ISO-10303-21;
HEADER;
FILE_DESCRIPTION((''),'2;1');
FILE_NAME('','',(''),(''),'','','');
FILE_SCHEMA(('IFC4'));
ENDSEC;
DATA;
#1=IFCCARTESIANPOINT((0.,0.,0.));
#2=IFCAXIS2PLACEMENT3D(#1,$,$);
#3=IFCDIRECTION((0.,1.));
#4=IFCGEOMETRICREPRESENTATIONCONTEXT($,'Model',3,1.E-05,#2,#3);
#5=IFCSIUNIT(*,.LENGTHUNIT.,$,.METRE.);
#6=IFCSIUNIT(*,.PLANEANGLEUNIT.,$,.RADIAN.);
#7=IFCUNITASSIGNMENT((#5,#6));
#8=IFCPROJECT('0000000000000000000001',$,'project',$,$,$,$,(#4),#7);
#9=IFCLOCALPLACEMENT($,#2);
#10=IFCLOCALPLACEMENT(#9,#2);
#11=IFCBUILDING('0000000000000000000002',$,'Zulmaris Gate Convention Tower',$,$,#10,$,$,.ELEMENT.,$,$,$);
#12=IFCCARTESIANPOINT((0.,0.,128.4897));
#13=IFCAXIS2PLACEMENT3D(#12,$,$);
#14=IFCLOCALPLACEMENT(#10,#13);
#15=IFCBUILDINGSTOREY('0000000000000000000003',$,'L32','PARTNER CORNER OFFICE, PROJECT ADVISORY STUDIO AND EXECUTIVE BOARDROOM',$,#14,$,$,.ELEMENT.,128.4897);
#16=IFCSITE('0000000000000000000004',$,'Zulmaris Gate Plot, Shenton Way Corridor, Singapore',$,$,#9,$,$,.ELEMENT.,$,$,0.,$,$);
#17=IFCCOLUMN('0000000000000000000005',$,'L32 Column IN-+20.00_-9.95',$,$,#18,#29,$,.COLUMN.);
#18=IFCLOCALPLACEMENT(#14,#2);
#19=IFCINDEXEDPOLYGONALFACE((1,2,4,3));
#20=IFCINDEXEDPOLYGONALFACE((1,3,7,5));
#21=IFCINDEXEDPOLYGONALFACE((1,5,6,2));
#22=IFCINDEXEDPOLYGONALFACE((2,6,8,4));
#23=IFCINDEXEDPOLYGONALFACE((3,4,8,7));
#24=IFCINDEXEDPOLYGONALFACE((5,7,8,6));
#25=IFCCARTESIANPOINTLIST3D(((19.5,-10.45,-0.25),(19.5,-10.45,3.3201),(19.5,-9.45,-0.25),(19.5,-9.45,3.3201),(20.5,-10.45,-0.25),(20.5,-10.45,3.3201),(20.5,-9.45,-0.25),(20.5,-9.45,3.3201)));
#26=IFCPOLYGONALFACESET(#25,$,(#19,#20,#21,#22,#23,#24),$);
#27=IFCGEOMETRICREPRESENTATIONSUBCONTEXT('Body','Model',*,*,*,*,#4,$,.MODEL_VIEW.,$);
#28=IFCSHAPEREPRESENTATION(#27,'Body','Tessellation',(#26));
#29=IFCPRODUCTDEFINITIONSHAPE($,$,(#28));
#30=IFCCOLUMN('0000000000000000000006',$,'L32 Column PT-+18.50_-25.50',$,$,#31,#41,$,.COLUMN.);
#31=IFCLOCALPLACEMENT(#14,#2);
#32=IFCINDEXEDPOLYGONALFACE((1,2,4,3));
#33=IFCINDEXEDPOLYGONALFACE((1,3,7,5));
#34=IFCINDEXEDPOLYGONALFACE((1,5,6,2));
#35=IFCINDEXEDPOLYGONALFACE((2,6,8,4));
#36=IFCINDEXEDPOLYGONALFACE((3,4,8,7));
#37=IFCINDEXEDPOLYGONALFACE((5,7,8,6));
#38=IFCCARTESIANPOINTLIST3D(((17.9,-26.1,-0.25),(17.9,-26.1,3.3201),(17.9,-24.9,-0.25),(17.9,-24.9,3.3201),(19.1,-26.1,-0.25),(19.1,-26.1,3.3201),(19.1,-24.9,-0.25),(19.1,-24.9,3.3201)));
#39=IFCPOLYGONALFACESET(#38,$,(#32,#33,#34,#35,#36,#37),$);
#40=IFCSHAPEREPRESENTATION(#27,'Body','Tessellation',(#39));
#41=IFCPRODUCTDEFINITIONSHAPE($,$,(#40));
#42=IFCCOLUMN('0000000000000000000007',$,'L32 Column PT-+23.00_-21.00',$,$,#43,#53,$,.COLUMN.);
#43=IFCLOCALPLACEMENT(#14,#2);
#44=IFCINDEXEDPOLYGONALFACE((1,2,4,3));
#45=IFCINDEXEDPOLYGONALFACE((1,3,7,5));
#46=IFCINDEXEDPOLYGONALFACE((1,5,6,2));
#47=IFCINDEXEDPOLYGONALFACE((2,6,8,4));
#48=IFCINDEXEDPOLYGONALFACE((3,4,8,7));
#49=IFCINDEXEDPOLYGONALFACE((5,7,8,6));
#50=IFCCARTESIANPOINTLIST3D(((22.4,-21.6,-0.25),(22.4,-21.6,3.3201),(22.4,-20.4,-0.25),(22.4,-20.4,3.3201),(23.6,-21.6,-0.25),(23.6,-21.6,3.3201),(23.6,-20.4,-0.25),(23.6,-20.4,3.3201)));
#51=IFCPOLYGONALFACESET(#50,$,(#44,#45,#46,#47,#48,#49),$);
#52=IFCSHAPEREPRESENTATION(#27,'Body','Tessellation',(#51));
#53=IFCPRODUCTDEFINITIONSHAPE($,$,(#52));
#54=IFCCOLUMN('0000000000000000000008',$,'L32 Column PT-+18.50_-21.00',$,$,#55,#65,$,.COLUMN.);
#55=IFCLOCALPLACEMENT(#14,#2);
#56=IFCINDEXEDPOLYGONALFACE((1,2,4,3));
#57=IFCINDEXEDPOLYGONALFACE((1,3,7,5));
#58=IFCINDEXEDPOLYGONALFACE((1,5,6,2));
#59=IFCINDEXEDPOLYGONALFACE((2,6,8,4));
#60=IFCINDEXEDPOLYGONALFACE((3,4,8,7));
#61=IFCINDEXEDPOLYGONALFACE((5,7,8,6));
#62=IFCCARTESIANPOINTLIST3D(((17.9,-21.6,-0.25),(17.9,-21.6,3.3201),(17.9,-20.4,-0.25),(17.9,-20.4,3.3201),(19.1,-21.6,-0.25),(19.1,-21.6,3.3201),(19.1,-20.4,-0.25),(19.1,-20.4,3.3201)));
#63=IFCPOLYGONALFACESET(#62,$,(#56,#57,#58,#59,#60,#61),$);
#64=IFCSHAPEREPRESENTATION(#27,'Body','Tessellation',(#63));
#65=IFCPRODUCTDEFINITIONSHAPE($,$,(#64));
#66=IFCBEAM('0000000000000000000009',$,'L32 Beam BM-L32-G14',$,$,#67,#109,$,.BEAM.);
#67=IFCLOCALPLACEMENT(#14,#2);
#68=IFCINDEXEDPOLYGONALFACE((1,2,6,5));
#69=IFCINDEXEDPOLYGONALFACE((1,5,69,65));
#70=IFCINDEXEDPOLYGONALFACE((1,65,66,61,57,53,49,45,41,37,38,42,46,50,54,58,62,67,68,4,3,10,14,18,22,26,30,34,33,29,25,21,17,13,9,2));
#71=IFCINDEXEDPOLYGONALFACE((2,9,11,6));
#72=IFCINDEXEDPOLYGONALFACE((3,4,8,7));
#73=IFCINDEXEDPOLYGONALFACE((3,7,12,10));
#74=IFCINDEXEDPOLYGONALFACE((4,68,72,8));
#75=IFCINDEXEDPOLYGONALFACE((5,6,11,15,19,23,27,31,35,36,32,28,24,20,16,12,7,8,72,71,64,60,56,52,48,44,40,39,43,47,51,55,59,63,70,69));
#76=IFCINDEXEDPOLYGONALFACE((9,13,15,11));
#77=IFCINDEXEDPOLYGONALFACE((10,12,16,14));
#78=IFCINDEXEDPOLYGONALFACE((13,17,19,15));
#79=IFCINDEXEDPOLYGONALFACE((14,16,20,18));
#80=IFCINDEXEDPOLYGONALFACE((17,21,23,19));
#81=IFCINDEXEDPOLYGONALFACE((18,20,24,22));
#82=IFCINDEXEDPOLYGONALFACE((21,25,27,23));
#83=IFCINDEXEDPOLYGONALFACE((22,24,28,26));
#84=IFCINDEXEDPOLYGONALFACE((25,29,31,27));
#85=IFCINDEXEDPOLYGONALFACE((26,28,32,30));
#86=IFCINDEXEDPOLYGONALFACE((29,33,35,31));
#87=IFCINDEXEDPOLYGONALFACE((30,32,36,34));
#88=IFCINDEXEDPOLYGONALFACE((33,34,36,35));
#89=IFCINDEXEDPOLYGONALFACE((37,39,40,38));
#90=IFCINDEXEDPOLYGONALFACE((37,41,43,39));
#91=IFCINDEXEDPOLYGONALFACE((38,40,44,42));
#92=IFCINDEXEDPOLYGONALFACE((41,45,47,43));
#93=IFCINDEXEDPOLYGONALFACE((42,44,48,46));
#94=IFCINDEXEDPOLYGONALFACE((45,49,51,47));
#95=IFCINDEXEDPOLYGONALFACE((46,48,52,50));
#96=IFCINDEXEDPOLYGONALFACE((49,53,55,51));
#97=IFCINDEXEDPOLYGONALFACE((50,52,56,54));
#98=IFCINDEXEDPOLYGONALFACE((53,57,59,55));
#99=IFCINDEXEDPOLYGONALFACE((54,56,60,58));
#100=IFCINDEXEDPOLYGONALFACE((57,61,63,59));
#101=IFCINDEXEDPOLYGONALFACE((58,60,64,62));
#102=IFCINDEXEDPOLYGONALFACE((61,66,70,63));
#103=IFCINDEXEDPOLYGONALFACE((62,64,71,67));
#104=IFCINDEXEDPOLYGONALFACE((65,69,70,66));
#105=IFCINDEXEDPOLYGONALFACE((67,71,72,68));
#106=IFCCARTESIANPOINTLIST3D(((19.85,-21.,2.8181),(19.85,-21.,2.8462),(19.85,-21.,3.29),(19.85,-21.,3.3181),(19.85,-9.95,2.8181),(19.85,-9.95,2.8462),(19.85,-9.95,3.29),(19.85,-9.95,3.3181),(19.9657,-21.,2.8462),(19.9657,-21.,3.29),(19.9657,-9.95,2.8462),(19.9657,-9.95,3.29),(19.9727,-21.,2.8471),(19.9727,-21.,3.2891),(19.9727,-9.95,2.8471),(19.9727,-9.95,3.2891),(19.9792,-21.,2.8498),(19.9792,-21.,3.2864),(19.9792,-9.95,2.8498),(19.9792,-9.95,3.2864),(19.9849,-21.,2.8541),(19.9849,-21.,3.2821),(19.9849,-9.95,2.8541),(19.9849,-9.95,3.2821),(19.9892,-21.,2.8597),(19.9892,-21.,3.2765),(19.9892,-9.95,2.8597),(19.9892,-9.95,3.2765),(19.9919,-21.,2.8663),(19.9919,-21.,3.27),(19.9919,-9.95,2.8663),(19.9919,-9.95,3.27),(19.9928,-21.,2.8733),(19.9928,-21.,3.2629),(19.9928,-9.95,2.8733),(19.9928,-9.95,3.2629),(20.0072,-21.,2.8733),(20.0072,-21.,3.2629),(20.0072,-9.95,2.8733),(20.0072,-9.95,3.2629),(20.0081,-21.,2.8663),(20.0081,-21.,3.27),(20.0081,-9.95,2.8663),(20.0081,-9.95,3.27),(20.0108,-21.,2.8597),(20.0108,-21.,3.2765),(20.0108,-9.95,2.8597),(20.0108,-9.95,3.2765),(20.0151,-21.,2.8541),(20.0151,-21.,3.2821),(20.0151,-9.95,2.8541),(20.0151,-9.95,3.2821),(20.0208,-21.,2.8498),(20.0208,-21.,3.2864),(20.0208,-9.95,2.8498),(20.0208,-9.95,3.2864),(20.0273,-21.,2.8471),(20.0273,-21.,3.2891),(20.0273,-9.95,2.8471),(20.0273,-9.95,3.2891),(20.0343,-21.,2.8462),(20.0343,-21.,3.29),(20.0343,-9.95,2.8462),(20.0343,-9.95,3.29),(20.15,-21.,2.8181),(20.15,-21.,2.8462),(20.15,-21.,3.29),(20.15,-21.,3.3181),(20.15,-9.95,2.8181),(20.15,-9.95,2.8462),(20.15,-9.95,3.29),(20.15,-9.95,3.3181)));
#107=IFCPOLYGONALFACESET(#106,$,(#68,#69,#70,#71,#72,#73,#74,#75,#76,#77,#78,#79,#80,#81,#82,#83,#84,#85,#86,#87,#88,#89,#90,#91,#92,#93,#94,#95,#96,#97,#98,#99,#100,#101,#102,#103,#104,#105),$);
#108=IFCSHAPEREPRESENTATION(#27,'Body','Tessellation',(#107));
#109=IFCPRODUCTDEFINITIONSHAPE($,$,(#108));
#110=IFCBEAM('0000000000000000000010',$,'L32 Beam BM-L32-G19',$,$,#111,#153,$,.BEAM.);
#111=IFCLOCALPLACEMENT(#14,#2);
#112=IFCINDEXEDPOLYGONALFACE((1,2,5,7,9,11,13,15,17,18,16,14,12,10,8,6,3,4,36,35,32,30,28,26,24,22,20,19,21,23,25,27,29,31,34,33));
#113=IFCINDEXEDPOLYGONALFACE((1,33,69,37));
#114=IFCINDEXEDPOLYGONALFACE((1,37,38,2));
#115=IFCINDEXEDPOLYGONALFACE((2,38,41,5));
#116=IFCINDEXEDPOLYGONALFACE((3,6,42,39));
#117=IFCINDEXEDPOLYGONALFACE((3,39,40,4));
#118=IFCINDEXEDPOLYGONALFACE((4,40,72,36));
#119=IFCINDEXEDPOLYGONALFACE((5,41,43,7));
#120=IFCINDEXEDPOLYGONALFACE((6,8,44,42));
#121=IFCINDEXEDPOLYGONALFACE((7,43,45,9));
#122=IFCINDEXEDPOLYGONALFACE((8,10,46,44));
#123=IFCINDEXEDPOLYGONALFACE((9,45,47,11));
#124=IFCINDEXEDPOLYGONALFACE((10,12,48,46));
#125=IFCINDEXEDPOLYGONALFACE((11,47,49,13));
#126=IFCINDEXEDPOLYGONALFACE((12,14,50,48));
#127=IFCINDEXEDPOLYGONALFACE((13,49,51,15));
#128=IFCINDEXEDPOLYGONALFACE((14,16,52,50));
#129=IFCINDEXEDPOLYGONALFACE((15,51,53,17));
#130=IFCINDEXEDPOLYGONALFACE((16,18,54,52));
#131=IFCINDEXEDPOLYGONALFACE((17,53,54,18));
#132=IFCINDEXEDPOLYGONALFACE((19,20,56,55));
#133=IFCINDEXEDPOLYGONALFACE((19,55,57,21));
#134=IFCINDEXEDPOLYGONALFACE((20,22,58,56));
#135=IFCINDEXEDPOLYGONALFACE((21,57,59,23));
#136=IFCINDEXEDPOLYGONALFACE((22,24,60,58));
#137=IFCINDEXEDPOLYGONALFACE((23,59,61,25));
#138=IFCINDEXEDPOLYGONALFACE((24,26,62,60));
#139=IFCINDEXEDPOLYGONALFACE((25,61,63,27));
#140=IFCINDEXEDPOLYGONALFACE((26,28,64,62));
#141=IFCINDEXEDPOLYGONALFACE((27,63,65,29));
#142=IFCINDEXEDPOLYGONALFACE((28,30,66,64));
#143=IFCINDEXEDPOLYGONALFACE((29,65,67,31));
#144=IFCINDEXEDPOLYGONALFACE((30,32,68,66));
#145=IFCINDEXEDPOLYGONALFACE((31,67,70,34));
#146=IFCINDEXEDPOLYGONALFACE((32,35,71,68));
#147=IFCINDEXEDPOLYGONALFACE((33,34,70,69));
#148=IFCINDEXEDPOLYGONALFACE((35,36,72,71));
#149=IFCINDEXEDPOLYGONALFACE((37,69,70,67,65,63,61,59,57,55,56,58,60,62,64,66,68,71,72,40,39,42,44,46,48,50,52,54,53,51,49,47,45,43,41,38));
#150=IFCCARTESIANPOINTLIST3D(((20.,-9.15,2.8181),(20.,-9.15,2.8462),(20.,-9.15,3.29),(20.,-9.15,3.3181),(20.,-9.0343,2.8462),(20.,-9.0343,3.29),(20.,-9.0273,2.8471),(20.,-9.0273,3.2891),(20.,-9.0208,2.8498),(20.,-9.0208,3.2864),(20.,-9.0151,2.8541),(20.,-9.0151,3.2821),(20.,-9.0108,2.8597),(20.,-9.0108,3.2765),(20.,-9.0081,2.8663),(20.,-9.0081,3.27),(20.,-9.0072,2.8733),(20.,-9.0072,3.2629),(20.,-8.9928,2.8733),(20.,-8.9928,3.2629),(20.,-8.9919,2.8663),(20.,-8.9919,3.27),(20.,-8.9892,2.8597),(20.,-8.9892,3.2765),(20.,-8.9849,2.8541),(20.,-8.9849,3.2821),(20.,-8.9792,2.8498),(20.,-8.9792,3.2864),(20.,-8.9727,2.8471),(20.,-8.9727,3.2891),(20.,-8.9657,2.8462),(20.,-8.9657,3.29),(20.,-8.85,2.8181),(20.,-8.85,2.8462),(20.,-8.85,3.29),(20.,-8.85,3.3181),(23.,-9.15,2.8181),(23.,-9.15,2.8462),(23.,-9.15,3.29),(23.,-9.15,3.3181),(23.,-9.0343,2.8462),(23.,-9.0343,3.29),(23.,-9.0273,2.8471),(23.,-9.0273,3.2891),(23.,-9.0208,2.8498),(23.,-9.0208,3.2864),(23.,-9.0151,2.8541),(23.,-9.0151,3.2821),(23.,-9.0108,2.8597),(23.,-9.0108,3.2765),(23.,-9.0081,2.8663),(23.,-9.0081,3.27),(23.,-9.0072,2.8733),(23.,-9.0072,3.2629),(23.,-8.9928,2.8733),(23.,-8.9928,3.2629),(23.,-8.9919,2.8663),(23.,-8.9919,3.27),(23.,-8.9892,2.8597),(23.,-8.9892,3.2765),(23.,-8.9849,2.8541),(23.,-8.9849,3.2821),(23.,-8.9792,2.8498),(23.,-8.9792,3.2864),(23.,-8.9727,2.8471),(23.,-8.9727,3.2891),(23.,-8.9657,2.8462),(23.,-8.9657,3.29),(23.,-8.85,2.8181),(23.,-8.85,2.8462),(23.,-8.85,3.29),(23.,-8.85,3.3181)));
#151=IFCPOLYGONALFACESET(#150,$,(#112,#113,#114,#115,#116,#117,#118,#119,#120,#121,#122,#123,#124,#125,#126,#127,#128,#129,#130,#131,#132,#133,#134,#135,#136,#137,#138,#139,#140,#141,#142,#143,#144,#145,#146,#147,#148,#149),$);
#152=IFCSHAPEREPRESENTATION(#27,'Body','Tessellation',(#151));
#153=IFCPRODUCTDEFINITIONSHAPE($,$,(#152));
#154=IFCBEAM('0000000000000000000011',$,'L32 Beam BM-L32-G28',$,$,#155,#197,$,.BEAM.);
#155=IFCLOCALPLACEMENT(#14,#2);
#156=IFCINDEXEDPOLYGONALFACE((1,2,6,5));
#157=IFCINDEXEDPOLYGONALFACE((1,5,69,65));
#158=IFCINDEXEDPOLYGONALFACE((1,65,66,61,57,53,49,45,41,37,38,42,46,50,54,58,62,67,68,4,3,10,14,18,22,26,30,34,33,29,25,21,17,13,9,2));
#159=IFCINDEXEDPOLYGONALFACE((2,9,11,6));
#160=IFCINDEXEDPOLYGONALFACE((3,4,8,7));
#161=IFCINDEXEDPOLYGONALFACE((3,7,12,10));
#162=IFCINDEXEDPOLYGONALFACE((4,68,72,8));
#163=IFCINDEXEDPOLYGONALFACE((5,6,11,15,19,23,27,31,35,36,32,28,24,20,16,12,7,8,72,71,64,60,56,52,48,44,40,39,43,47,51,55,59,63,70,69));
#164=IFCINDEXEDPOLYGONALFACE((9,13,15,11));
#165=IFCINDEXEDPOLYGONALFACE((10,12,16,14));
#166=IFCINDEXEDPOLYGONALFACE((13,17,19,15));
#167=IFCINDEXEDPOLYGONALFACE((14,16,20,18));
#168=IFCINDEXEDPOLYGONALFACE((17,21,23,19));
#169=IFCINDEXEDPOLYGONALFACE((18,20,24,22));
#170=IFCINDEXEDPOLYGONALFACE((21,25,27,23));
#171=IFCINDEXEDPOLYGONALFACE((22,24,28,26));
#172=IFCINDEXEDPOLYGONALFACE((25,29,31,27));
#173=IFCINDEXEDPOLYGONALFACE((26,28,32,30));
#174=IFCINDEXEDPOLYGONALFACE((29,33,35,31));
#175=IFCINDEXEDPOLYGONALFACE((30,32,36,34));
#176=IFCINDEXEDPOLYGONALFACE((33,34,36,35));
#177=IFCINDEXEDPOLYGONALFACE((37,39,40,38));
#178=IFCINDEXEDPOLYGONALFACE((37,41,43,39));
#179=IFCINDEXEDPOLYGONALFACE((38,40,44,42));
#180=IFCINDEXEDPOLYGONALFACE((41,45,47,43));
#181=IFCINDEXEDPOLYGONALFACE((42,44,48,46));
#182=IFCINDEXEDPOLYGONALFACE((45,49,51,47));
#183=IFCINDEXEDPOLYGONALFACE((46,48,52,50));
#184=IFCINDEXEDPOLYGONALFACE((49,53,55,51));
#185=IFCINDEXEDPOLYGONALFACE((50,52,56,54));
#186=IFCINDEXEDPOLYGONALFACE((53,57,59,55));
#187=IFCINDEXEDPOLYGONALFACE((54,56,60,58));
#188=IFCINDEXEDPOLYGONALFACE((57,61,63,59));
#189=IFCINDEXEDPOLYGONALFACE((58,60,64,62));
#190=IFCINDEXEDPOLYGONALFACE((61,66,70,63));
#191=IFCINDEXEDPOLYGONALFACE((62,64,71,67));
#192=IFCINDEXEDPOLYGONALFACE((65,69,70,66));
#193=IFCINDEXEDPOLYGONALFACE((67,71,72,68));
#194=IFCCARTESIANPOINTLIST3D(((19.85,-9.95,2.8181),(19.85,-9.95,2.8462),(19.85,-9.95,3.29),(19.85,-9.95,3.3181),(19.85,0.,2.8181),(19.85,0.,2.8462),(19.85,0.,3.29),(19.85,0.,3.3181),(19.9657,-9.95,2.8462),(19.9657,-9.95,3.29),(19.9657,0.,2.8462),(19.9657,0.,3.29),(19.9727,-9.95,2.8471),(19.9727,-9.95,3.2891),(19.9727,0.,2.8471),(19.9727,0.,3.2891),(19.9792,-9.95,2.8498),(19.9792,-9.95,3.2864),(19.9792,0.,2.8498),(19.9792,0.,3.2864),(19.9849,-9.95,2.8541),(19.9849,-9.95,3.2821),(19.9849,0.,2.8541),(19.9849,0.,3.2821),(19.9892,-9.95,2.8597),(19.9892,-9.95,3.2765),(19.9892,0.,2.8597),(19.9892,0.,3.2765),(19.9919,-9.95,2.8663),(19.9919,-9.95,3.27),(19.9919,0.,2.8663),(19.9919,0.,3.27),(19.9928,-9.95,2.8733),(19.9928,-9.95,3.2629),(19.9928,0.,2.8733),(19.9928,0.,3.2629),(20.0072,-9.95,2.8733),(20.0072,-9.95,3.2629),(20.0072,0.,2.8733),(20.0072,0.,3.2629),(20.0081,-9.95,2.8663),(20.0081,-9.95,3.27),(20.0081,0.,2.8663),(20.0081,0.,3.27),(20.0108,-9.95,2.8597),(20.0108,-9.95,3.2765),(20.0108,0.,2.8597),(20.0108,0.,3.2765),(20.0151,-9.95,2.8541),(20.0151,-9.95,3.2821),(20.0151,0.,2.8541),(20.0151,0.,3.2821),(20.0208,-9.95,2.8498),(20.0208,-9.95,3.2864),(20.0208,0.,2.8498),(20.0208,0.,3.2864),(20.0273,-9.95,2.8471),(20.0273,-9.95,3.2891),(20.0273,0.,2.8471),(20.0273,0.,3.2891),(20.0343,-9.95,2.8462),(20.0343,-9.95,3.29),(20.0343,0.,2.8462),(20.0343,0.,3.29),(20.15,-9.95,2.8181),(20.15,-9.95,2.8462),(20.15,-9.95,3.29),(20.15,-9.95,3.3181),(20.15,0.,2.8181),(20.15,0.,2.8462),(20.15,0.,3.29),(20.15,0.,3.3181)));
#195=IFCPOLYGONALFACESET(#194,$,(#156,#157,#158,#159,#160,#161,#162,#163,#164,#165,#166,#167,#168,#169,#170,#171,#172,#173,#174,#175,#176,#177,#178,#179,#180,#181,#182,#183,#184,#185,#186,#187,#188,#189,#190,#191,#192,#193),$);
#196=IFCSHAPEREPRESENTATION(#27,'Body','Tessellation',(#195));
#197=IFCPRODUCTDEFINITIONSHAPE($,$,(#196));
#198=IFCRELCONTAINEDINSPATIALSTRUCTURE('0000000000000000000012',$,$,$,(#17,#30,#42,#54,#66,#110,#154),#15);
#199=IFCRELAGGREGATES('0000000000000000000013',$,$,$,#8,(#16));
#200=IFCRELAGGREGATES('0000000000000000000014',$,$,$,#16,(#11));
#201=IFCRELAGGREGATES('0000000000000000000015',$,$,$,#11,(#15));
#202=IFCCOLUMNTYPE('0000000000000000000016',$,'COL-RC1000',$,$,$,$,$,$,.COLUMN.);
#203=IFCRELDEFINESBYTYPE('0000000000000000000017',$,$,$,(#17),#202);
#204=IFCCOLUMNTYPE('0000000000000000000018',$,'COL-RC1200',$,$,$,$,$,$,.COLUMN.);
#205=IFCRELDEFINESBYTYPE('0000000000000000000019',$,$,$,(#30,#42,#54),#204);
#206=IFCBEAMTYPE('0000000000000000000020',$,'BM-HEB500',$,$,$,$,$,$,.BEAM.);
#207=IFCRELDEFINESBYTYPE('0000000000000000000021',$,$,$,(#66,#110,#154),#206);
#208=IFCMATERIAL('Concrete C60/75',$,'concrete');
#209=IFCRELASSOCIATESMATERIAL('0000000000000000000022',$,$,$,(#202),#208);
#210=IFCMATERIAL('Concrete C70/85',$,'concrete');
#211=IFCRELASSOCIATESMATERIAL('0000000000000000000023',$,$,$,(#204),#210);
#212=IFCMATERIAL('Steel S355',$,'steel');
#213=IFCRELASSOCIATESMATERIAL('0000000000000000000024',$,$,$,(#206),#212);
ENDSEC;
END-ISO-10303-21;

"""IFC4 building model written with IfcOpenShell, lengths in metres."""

from ifc_helpers import new_model, si_unit, direction, frame, origin, origin_2d, place, context, subcontext, project, spatial, rectangle, i_section, extrude, material, material_profile, profile_set, type_object, element, save


model = new_model("IFC4")

# Units and contexts
model_context = context("Model", 3, precision=1e-05, world=origin(), true_north=direction((0.0, 1.0)))
body_context = subcontext(model_context, "Body", "Model", "MODEL_VIEW")
ifc_project = project(units=[si_unit("LENGTHUNIT", "METRE"), si_unit("PLANEANGLEUNIT", "RADIAN")], contexts=[model_context])

# Site, building, storey
site_placement = place(None, origin())
site = spatial("IfcSite", under=ifc_project, at=site_placement, Name="Zulmaris Gate Plot, Shenton Way Corridor, Singapore", CompositionType="ELEMENT", RefElevation=0.0)
building_placement = place(site_placement, origin())
building = spatial("IfcBuilding", under=site, at=building_placement, Name="Zulmaris Gate Convention Tower", CompositionType="ELEMENT")
storey_placement = place(building_placement, frame((0.0, 0.0, 128.4897)))
storey = spatial("IfcBuildingStorey", under=building, at=storey_placement, Name="L32", Description="PARTNER CORNER OFFICE, PROJECT ADVISORY STUDIO AND EXECUTIVE BOARDROOM", CompositionType="ELEMENT", Elevation=128.4897)

# Columns
ifc_material_1 = material(Name="Concrete C60/75", Category="concrete")
ifc_material_profile_1 = material_profile(ifc_material_1, rectangle(XDim=1.0, YDim=1.0, at=origin_2d()), Name="RC COL 1000x1000")
ifc_profile_set_1 = profile_set([ifc_material_profile_1], Name="Concrete C60/75")
column_type_1 = type_object("IfcColumnType", Name="COL-RC1000", PredefinedType="COLUMN", material=ifc_profile_set_1)
column_placement = place(storey_placement, frame((20.0, -9.95, -0.25), z_axis=(0.0, 0.0, 1.0), x_axis=(1.0, 0.0, 0.0)))
element("IfcColumn", 1, at=column_placement, inside=storey, type_object=column_type_1, Name="L32 Column IN-+20.00_-9.95", PredefinedType="COLUMN", context=body_context, shape_type="SweptSolid", body=[
    extrude(rectangle(XDim=1.0, YDim=1.0, at=origin_2d()), origin(), (0.0, 0.0, 1.0), 3.5701),
])
ifc_material_2 = material(Name="Concrete C70/85", Category="concrete")
ifc_material_profile_2 = material_profile(ifc_material_2, rectangle(XDim=1.2, YDim=1.2, at=origin_2d()), Name="RC COL 1200x1200")
ifc_profile_set_2 = profile_set([ifc_material_profile_2], Name="Concrete C70/85")
column_type_2 = type_object("IfcColumnType", Name="COL-RC1200", PredefinedType="COLUMN", material=ifc_profile_set_2)
for number, where, z_axis, x_axis, name in (
    (2, (18.5, -25.5, -0.25), (0.0, 0.0, 1.0), (1.0, 0.0, 0.0), "L32 Column PT-+18.50_-25.50"),
    (3, (23.0, -21.0, -0.25), (0.0, 0.0, 1.0), (1.0, 0.0, 0.0), "L32 Column PT-+23.00_-21.00"),
    (4, (18.5, -21.0, -0.25), (0.0, 0.0, 1.0), (1.0, 0.0, 0.0), "L32 Column PT-+18.50_-21.00"),
):
    element("IfcColumn", number, at=place(storey_placement, frame(where, z_axis=z_axis, x_axis=x_axis)), inside=storey, type_object=column_type_2, Name=name, PredefinedType="COLUMN", context=body_context, shape_type="SweptSolid", body=[
        extrude(rectangle(XDim=1.2, YDim=1.2, at=origin_2d()), origin(), (0.0, 0.0, 1.0), 3.5701),
    ])

# Beams
ifc_material_3 = material(Name="Steel S355", Category="steel")
ifc_material_profile_3 = material_profile(ifc_material_3, i_section(OverallWidth=0.3, OverallDepth=0.5, WebThickness=0.0144, FlangeThickness=0.0281, FilletRadius=0.0271, at=origin_2d()), Name="HEB 500")
ifc_profile_set_3 = profile_set([ifc_material_profile_3], Name="Steel S355")
beam_type_1 = type_object("IfcBeamType", Name="BM-HEB500", PredefinedType="BEAM", material=ifc_profile_set_3)
beam_1_placement = place(storey_placement, frame((20.0, -21.0, 3.0681), z_axis=(0.0, 1.0, 0.0), x_axis=(-1.0, 0.0, 0.0)))
element("IfcBeam", 5, at=beam_1_placement, inside=storey, type_object=beam_type_1, Name="L32 Beam BM-L32-G14", PredefinedType="BEAM", context=body_context, shape_type="SweptSolid", body=[
    extrude(i_section(OverallWidth=0.3, OverallDepth=0.5, WebThickness=0.0144, FlangeThickness=0.0281, FilletRadius=0.0271, at=origin_2d()), origin(), (0.0, 0.0, 1.0), 11.05),
])
beam_2_placement = place(storey_placement, frame((20.0, -9.0, 3.0681), z_axis=(1.0, 0.0, 0.0), x_axis=(0.0, 1.0, 0.0)))
element("IfcBeam", 6, at=beam_2_placement, inside=storey, type_object=beam_type_1, Name="L32 Beam BM-L32-G19", PredefinedType="BEAM", context=body_context, shape_type="SweptSolid", body=[
    extrude(i_section(OverallWidth=0.3, OverallDepth=0.5, WebThickness=0.0144, FlangeThickness=0.0281, FilletRadius=0.0271, at=origin_2d()), origin(), (0.0, 0.0, 1.0), 3.0),
])
beam_3_placement = place(storey_placement, frame((20.0, -9.95, 3.0681), z_axis=(0.0, 1.0, 0.0), x_axis=(-1.0, 0.0, 0.0)))
element("IfcBeam", 7, at=beam_3_placement, inside=storey, type_object=beam_type_1, Name="L32 Beam BM-L32-G28", PredefinedType="BEAM", context=body_context, shape_type="SweptSolid", body=[
    extrude(i_section(OverallWidth=0.3, OverallDepth=0.5, WebThickness=0.0144, FlangeThickness=0.0281, FilletRadius=0.0271, at=origin_2d()), origin(), (0.0, 0.0, 1.0), 9.95),
])

save(model, "model.ifc")
